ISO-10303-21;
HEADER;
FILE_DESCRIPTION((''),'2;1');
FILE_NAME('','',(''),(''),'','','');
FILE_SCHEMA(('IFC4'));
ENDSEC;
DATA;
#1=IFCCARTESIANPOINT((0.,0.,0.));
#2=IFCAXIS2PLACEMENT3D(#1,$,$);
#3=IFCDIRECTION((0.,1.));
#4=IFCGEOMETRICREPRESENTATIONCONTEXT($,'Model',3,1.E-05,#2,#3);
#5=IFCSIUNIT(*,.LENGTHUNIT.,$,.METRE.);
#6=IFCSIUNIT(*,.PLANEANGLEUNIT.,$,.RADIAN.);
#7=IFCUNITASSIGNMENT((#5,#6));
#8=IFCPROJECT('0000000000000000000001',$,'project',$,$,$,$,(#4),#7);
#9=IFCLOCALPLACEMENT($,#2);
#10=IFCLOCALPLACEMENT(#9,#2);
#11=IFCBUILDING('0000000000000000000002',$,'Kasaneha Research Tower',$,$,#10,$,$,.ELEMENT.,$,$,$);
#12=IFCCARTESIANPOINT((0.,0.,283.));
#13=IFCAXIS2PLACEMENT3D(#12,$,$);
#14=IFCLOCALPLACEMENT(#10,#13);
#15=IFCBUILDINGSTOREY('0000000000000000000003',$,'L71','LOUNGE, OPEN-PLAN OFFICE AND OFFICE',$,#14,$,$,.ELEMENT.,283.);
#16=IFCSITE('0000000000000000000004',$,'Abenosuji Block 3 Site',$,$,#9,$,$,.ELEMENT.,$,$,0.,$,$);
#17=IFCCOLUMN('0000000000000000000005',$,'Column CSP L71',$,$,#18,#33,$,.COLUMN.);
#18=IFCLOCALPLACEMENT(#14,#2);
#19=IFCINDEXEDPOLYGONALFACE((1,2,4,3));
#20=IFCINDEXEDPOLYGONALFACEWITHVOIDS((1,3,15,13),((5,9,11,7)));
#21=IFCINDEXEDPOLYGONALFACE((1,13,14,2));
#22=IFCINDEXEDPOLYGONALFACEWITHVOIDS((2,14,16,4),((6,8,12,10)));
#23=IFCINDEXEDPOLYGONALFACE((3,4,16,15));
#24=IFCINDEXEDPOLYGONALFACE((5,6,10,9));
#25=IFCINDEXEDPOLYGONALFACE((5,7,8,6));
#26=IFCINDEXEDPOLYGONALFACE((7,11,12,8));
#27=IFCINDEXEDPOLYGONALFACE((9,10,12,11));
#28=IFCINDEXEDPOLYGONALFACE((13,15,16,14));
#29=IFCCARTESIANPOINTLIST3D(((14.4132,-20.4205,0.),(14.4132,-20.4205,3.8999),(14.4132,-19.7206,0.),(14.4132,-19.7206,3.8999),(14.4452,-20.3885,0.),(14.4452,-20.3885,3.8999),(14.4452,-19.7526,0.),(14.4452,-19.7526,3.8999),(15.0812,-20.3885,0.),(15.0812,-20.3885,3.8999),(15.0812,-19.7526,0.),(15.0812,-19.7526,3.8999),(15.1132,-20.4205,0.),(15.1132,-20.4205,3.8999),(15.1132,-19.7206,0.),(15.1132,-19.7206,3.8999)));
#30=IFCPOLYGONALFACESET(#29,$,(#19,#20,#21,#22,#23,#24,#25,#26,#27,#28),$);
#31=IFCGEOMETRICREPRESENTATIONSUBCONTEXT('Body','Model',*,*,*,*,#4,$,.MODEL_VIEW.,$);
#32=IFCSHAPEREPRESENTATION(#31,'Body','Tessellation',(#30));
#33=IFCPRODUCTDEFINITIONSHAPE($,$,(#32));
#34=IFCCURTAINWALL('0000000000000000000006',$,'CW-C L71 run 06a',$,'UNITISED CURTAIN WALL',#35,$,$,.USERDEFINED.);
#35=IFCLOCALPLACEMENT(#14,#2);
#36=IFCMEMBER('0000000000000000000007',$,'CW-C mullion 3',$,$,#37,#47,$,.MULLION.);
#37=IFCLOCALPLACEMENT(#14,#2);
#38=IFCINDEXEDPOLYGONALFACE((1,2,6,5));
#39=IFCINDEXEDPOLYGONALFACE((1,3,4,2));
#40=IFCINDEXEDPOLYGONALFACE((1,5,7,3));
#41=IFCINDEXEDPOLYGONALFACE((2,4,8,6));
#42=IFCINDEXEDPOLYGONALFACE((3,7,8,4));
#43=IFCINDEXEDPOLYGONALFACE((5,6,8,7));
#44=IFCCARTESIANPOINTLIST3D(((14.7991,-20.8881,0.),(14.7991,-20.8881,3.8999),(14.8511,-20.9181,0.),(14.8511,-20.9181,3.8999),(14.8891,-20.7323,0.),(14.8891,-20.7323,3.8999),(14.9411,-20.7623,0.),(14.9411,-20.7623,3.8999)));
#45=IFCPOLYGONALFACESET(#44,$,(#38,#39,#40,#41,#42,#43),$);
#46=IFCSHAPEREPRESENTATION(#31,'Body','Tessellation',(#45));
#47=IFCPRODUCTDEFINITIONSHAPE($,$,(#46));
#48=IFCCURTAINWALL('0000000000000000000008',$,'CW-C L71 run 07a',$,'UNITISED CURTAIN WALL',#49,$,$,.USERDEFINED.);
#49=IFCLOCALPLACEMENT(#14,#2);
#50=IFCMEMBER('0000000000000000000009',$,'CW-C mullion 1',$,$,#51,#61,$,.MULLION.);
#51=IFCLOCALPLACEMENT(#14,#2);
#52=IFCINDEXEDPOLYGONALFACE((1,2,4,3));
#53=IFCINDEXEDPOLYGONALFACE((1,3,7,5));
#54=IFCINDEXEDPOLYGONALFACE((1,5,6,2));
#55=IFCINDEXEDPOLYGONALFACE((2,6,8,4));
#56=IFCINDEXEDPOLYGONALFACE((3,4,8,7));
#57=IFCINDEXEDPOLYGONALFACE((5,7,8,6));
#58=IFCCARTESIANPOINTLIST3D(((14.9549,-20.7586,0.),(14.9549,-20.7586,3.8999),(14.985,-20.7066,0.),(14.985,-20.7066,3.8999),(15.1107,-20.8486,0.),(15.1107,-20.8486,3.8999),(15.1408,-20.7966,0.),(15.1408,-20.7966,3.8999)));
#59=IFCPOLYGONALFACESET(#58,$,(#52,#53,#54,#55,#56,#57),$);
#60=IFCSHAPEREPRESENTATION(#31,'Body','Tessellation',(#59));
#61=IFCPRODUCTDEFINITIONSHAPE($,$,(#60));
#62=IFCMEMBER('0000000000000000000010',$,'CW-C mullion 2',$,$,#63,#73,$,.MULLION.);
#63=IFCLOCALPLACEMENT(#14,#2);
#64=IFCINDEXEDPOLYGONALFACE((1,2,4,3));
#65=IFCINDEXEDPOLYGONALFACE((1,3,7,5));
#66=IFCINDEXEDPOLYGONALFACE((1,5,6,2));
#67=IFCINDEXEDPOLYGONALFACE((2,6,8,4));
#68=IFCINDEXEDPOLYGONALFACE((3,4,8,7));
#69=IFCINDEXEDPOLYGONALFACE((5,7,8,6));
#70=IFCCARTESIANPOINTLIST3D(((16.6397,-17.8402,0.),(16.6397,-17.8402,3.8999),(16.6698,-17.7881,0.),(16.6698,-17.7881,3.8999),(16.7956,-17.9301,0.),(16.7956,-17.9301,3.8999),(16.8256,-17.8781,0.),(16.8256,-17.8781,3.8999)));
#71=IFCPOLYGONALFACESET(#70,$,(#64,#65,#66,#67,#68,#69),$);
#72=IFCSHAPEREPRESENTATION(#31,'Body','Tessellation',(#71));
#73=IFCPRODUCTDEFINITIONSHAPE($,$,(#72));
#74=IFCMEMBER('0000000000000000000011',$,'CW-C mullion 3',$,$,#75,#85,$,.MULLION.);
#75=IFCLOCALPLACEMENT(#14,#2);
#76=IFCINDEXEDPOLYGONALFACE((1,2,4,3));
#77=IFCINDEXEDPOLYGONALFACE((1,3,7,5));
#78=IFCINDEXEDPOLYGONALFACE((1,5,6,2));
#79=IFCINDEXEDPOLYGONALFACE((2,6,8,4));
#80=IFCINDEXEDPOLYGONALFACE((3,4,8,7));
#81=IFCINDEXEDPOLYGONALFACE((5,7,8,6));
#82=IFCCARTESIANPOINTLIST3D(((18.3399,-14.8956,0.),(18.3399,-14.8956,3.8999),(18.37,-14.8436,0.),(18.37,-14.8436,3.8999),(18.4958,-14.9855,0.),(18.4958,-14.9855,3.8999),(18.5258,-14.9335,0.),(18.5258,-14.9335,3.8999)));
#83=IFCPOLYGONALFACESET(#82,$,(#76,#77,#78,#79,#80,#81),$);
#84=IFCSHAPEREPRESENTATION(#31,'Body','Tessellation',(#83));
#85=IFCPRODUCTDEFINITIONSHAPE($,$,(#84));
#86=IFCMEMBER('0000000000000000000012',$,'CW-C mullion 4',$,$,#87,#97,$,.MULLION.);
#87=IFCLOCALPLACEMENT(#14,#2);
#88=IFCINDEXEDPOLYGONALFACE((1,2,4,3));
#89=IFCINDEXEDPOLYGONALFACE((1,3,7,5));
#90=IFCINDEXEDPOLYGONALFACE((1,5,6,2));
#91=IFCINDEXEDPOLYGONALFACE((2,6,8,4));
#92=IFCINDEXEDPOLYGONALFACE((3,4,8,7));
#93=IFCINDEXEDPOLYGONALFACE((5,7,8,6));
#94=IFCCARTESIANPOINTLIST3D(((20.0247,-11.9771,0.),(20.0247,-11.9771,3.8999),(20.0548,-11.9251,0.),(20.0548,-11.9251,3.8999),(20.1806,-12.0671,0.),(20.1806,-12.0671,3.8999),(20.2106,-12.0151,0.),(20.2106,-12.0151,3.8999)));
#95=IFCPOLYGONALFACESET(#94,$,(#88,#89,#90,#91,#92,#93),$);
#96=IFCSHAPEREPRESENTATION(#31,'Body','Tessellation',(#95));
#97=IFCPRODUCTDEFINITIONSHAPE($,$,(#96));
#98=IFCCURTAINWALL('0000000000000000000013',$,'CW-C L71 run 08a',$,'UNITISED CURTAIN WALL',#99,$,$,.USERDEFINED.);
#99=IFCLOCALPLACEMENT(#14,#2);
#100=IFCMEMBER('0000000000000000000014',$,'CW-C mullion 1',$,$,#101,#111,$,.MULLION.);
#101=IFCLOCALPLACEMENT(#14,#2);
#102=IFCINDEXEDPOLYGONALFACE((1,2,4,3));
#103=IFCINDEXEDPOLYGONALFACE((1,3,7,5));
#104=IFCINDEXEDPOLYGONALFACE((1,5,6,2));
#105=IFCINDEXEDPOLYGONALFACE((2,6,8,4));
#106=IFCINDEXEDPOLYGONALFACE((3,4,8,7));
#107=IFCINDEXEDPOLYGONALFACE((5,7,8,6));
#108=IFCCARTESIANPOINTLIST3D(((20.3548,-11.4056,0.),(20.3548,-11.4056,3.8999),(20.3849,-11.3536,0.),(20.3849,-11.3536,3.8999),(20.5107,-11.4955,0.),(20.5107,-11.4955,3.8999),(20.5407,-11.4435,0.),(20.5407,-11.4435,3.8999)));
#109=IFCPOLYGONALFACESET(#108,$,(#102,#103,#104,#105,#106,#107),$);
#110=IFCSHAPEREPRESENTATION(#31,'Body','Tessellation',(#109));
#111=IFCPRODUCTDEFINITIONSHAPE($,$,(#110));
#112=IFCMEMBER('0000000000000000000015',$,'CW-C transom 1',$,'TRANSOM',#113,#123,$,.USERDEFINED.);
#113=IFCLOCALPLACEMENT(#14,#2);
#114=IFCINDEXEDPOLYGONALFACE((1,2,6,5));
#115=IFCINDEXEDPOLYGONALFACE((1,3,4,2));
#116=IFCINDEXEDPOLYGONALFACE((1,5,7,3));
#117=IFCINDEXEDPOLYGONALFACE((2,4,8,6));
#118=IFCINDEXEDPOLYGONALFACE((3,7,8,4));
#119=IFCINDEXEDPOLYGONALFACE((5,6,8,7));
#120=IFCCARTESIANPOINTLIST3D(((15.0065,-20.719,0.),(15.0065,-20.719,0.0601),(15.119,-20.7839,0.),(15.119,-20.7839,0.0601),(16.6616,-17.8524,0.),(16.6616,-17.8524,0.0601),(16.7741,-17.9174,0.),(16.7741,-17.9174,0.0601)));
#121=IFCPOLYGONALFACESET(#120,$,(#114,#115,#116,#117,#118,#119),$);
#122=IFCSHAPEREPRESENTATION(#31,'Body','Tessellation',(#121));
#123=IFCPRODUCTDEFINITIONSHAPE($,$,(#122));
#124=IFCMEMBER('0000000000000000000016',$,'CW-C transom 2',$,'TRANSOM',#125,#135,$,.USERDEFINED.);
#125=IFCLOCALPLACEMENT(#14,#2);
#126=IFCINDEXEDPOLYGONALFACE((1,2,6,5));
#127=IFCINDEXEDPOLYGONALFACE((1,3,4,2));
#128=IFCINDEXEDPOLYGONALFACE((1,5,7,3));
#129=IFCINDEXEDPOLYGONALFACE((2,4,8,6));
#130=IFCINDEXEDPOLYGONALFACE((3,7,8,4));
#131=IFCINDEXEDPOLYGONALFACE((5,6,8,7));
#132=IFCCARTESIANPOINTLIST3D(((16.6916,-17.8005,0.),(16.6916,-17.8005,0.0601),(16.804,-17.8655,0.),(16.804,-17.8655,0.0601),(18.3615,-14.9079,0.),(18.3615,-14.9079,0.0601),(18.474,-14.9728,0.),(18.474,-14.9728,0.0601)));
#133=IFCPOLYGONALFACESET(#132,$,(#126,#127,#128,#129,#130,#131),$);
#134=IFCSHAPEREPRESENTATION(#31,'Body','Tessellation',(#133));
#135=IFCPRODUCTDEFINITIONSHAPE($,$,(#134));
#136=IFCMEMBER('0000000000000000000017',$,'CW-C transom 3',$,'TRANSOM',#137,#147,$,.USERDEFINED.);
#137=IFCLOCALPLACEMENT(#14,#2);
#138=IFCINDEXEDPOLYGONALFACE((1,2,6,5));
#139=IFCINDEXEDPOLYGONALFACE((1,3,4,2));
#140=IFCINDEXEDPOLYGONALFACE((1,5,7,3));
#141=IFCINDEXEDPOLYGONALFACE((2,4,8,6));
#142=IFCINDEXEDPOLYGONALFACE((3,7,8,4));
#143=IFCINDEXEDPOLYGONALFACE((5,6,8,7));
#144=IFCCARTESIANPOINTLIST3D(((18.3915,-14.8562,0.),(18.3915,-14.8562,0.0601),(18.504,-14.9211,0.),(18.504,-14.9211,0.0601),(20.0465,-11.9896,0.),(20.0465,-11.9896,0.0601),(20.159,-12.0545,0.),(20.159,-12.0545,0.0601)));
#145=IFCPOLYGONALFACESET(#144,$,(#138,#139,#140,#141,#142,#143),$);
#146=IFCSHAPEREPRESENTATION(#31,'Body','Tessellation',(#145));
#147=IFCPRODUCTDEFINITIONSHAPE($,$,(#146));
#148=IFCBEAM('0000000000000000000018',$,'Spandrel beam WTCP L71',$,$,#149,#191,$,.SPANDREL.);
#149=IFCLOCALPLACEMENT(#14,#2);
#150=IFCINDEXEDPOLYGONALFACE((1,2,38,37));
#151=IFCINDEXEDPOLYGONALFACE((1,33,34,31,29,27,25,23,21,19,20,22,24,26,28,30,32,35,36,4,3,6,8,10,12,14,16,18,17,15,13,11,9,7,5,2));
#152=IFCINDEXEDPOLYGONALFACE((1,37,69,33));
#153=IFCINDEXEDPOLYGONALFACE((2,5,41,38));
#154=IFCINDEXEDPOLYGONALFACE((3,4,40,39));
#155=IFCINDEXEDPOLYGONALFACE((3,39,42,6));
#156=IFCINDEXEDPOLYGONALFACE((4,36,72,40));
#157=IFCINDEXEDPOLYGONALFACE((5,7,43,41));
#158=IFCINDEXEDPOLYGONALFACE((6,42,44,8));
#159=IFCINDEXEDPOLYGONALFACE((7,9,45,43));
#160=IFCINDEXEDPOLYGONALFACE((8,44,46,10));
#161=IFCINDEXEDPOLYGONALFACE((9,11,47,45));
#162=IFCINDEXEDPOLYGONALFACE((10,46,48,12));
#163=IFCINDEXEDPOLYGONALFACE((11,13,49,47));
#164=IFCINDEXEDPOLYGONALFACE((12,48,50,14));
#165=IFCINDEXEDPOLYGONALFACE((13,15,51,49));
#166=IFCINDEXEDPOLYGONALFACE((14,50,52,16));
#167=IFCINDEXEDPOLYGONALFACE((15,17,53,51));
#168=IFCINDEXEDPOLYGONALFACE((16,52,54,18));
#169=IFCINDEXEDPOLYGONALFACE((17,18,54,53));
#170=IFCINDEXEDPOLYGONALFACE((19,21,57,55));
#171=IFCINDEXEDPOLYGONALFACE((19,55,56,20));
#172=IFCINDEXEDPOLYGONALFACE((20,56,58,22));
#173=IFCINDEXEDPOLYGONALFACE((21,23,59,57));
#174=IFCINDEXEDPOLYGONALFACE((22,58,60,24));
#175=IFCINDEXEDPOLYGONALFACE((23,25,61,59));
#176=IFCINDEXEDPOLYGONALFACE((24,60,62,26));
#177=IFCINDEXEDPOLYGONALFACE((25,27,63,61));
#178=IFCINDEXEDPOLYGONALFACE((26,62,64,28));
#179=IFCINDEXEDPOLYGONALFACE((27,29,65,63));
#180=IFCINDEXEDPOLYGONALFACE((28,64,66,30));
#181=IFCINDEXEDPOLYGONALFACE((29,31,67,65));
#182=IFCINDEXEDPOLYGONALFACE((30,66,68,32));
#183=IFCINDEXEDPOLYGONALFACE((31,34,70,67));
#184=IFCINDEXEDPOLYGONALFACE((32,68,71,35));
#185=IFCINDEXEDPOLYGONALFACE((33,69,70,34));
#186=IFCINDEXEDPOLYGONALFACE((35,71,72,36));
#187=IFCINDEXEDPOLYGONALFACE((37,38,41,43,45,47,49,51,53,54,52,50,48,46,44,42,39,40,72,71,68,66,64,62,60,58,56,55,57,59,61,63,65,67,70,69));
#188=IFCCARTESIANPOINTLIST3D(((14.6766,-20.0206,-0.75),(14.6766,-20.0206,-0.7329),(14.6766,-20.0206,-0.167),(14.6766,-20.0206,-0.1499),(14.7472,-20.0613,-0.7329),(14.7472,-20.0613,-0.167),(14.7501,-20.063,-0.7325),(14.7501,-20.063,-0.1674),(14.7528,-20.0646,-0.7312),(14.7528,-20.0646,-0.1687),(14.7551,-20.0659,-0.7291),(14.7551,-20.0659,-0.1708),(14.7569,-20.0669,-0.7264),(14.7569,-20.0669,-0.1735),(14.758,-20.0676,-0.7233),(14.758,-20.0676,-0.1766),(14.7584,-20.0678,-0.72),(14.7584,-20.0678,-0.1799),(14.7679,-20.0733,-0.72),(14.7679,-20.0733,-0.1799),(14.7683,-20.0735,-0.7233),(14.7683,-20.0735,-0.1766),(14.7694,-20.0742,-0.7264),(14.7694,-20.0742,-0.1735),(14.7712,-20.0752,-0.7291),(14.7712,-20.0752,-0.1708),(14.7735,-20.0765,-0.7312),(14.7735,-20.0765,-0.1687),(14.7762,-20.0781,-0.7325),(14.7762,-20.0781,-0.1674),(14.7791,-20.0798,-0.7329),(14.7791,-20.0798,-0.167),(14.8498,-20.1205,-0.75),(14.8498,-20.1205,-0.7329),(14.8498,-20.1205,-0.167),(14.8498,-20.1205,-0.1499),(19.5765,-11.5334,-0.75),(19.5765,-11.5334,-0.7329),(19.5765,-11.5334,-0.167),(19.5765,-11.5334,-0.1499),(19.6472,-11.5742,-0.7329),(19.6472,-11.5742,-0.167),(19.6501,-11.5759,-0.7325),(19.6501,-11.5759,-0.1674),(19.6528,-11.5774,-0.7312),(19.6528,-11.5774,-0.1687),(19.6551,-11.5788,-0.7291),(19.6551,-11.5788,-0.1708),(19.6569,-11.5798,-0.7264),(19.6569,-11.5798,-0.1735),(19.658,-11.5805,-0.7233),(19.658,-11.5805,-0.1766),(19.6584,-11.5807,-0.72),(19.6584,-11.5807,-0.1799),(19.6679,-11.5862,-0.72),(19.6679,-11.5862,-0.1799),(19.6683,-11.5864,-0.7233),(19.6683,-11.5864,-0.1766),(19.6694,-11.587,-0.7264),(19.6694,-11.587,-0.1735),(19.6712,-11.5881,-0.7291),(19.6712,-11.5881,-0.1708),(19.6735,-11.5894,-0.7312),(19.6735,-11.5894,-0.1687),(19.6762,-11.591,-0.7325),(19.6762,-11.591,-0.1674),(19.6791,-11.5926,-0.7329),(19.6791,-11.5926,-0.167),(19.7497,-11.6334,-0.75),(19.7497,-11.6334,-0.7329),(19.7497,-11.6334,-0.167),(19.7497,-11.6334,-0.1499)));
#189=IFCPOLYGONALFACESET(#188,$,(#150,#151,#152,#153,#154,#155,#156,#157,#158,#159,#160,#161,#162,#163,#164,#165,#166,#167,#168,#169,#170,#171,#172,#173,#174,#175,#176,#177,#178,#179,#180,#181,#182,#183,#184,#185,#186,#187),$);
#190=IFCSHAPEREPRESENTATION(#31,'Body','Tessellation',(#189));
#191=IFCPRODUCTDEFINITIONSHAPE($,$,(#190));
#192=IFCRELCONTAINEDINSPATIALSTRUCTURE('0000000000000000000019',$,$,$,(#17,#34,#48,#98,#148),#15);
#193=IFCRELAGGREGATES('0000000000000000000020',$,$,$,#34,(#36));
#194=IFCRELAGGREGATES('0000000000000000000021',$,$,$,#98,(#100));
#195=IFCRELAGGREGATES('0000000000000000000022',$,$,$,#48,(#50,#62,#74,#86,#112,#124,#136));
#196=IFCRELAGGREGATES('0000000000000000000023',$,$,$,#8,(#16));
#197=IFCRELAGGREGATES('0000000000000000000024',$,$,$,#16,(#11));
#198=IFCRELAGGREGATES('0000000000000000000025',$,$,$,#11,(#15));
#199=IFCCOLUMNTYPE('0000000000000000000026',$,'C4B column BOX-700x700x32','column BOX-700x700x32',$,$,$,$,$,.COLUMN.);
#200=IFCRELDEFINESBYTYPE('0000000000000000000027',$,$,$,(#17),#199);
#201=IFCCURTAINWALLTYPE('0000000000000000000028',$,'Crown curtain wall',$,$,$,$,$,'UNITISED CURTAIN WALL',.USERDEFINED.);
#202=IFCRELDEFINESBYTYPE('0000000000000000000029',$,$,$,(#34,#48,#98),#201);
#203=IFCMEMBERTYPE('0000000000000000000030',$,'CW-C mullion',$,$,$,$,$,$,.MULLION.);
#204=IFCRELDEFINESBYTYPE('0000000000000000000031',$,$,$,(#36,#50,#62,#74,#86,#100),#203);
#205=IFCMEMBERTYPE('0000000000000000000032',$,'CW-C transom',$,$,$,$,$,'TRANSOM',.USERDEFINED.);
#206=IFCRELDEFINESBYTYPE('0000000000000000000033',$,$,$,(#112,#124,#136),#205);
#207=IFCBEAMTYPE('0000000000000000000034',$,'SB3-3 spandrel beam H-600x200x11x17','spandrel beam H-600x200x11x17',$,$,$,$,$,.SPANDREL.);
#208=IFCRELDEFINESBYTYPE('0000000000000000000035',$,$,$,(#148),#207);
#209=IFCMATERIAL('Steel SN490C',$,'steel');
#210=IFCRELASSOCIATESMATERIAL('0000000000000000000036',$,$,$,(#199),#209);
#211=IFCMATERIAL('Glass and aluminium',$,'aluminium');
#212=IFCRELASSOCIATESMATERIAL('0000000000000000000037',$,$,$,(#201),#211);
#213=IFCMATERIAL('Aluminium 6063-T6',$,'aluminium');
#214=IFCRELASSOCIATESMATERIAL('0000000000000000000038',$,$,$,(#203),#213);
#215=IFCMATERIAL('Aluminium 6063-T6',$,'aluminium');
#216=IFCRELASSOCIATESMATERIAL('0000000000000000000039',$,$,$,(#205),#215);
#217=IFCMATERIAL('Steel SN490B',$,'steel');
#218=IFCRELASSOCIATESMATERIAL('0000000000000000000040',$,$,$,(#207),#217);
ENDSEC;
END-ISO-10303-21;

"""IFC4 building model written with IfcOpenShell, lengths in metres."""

from ifc_helpers import new_model, si_unit, direction, frame, origin, origin_2d, place, context, subcontext, project, spatial, rectangle, hollow_rectangle, i_section, extrude, material, material_profile, profile_set, type_object, element, aggregate, save


model = new_model("IFC4")

# Units and contexts
model_context = context("Model", 3, precision=1e-05, world=origin(), true_north=direction((0.0, 1.0)))
body_context = subcontext(model_context, "Body", "Model", "MODEL_VIEW")
ifc_project = project(units=[si_unit("LENGTHUNIT", "METRE"), si_unit("PLANEANGLEUNIT", "RADIAN")], contexts=[model_context])

# Site, building, storey
site_placement = place(None, origin())
site = spatial("IfcSite", under=ifc_project, at=site_placement, Name="Abenosuji Block 3 Site", CompositionType="ELEMENT", RefElevation=0.0)
building_placement = place(site_placement, origin())
building = spatial("IfcBuilding", under=site, at=building_placement, Name="Kasaneha Research Tower", CompositionType="ELEMENT")
storey_placement = place(building_placement, frame((0.0, 0.0, 283.0)))
storey = spatial("IfcBuildingStorey", under=building, at=storey_placement, Name="L71", Description="LOUNGE, OPEN-PLAN OFFICE AND OFFICE", CompositionType="ELEMENT", Elevation=283.0)

# Column
ifc_material_1 = material(Name="Steel SN490C", Category="steel")
ifc_material_profile_1 = material_profile(ifc_material_1, hollow_rectangle(XDim=0.7, YDim=0.7, WallThickness=0.032, at=origin_2d()), Name="BOX-700x700x32")
ifc_profile_set_1 = profile_set([ifc_material_profile_1], Name="Steel SN490C")
column_type = type_object("IfcColumnType", Name="C4B column BOX-700x700x32", Description="column BOX-700x700x32", PredefinedType="COLUMN", material=ifc_profile_set_1)
column_placement = place(storey_placement, frame((14.7632, -20.0706, 0.0), z_axis=(0.0, 0.0, 1.0), x_axis=(1.0, 0.0, 0.0)))
element("IfcColumn", 1, at=column_placement, inside=storey, type_object=column_type, Name="Column CSP L71", PredefinedType="COLUMN", context=body_context, shape_type="SweptSolid", body=[
    extrude(hollow_rectangle(XDim=0.7, YDim=0.7, WallThickness=0.032, at=origin_2d()), origin(), (0.0, 0.0, 1.0), 3.8999),
])

# Curtain wall, member
ifc_material_2 = material(Name="Glass and aluminium", Category="aluminium")
curtain_wall_type = type_object("IfcCurtainWallType", Name="Crown curtain wall", ElementType="UNITISED CURTAIN WALL", PredefinedType="USERDEFINED", material=ifc_material_2)
curtain_wall_1_placement = place(storey_placement, origin())
curtain_wall_1 = element("IfcCurtainWall", 2, at=curtain_wall_1_placement, inside=storey, type_object=curtain_wall_type, Name="CW-C L71 run 06a", ObjectType="UNITISED CURTAIN WALL", PredefinedType="USERDEFINED")
ifc_material_3 = material(Name="Aluminium 6063-T6", Category="aluminium")
ifc_material_profile_2 = material_profile(ifc_material_3, rectangle(XDim=0.0601, YDim=0.1799, at=origin_2d()), Name="CW-C mullion 60x180")
ifc_profile_set_2 = profile_set([ifc_material_profile_2], Name="Aluminium 6063-T6")
member_type_1 = type_object("IfcMemberType", Name="CW-C mullion", PredefinedType="MULLION", material=ifc_profile_set_2)
member_1_placement = place(storey_placement, frame((14.8701, -20.8252, 0.0), z_axis=(0.0, 0.0, 1.0), x_axis=(0.866025, -0.5, 0.0)))
member_1 = element("IfcMember", 3, at=member_1_placement, type_object=member_type_1, Name="CW-C mullion 3", PredefinedType="MULLION", context=body_context, shape_type="SweptSolid", body=[
    extrude(rectangle(XDim=0.0601, YDim=0.1799, at=origin_2d()), origin(), (0.0, 0.0, 1.0), 3.8999),
])
aggregate(curtain_wall_1, [member_1])

# Curtain wall, members
curtain_wall_2_placement = place(storey_placement, origin())
curtain_wall_2 = element("IfcCurtainWall", 4, at=curtain_wall_2_placement, inside=storey, type_object=curtain_wall_type, Name="CW-C L71 run 07a", ObjectType="UNITISED CURTAIN WALL", PredefinedType="USERDEFINED")
member_2_placement = place(storey_placement, frame((15.0479, -20.7776, 0.0), z_axis=(0.0, 0.0, 1.0), x_axis=(0.5, 0.866025, 0.0)))
member_2 = element("IfcMember", 5, at=member_2_placement, type_object=member_type_1, Name="CW-C mullion 1", PredefinedType="MULLION", context=body_context, shape_type="SweptSolid", body=[
    extrude(rectangle(XDim=0.0601, YDim=0.1799, at=origin_2d()), origin(), (0.0, 0.0, 1.0), 3.8999),
])
member_3_placement = place(storey_placement, frame((16.7327, -17.8591, 0.0), z_axis=(0.0, 0.0, 1.0), x_axis=(0.5, 0.866025, 0.0)))
member_3 = element("IfcMember", 6, at=member_3_placement, type_object=member_type_1, Name="CW-C mullion 2", PredefinedType="MULLION", context=body_context, shape_type="SweptSolid", body=[
    extrude(rectangle(XDim=0.0601, YDim=0.1799, at=origin_2d()), origin(), (0.0, 0.0, 1.0), 3.8999),
])
member_4_placement = place(storey_placement, frame((18.4329, -14.9146, 0.0), z_axis=(0.0, 0.0, 1.0), x_axis=(0.5, 0.866025, 0.0)))
member_4 = element("IfcMember", 7, at=member_4_placement, type_object=member_type_1, Name="CW-C mullion 3", PredefinedType="MULLION", context=body_context, shape_type="SweptSolid", body=[
    extrude(rectangle(XDim=0.0601, YDim=0.1799, at=origin_2d()), origin(), (0.0, 0.0, 1.0), 3.8999),
])
member_5_placement = place(storey_placement, frame((20.1177, -11.9961, 0.0), z_axis=(0.0, 0.0, 1.0), x_axis=(0.5, 0.866025, 0.0)))
member_5 = element("IfcMember", 8, at=member_5_placement, type_object=member_type_1, Name="CW-C mullion 4", PredefinedType="MULLION", context=body_context, shape_type="SweptSolid", body=[
    extrude(rectangle(XDim=0.0601, YDim=0.1799, at=origin_2d()), origin(), (0.0, 0.0, 1.0), 3.8999),
])

# Curtain wall, member
curtain_wall_3_placement = place(storey_placement, origin())
curtain_wall_3 = element("IfcCurtainWall", 9, at=curtain_wall_3_placement, inside=storey, type_object=curtain_wall_type, Name="CW-C L71 run 08a", ObjectType="UNITISED CURTAIN WALL", PredefinedType="USERDEFINED")
member_6_placement = place(storey_placement, frame((20.4478, -11.4246, 0.0), z_axis=(0.0, 0.0, 1.0), x_axis=(0.5, 0.866025, 0.0)))
member_6 = element("IfcMember", 10, at=member_6_placement, type_object=member_type_1, Name="CW-C mullion 1", PredefinedType="MULLION", context=body_context, shape_type="SweptSolid", body=[
    extrude(rectangle(XDim=0.0601, YDim=0.1799, at=origin_2d()), origin(), (0.0, 0.0, 1.0), 3.8999),
])
aggregate(curtain_wall_3, [member_6])

# Members
ifc_material_4 = material(Name="Aluminium 6063-T6", Category="aluminium")
ifc_material_profile_3 = material_profile(ifc_material_4, rectangle(XDim=0.1299, YDim=0.0601, at=origin_2d()), Name="CW-C transom 130x60")
ifc_profile_set_3 = profile_set([ifc_material_profile_3], Name="Aluminium 6063-T6")
member_type_2 = type_object("IfcMemberType", Name="CW-C transom", ElementType="TRANSOM", PredefinedType="USERDEFINED", material=ifc_profile_set_3)
member_7_placement = place(storey_placement, frame((15.0627, -20.7515, 0.03), z_axis=(0.500018, 0.866015, 0.0), x_axis=(-0.866015, 0.500018, 0.0)))
member_7 = element("IfcMember", 11, at=member_7_placement, type_object=member_type_2, Name="CW-C transom 1", ObjectType="TRANSOM", PredefinedType="USERDEFINED", context=body_context, shape_type="SweptSolid", body=[
    extrude(rectangle(XDim=0.1299, YDim=0.0601, at=origin_2d()), origin(), (0.0, 0.0, 1.0), 3.3101),
])
member_8_placement = place(storey_placement, frame((16.7478, -17.833, 0.03), z_axis=(0.499976, 0.86604, 0.0), x_axis=(-0.86604, 0.499976, 0.0)))
member_8 = element("IfcMember", 12, at=member_8_placement, type_object=member_type_2, Name="CW-C transom 2", ObjectType="TRANSOM", PredefinedType="USERDEFINED", context=body_context, shape_type="SweptSolid", body=[
    extrude(rectangle(XDim=0.1299, YDim=0.0601, at=origin_2d()), origin(), (0.0, 0.0, 1.0), 3.3401),
])
member_9_placement = place(storey_placement, frame((18.4478, -14.8887, 0.03), z_axis=(0.499986, 0.866033, 0.0), x_axis=(-0.866033, 0.499986, 0.0)))
member_9 = element("IfcMember", 13, at=member_9_placement, type_object=member_type_2, Name="CW-C transom 3", ObjectType="TRANSOM", PredefinedType="USERDEFINED", context=body_context, shape_type="SweptSolid", body=[
    extrude(rectangle(XDim=0.1299, YDim=0.0601, at=origin_2d()), origin(), (0.0, 0.0, 1.0), 3.3101),
])

# Beam
ifc_material_5 = material(Name="Steel SN490B", Category="steel")
ifc_material_profile_4 = material_profile(ifc_material_5, i_section(OverallWidth=0.2, OverallDepth=0.6001, WebThickness=0.011, FlangeThickness=0.0171, FilletRadius=0.0129, at=origin_2d()), Name="H-600x200x11x17")
ifc_profile_set_4 = profile_set([ifc_material_profile_4], Name="Steel SN490B")
beam_type = type_object("IfcBeamType", Name="SB3-3 spandrel beam H-600x200x11x17", Description="spandrel beam H-600x200x11x17", PredefinedType="SPANDREL", material=ifc_profile_set_4)
beam_placement = place(storey_placement, frame((14.7632, -20.0706, -0.45), z_axis=(0.499992, 0.86603, 0.0), x_axis=(-0.86603, 0.499992, 0.0)))
element("IfcBeam", 14, at=beam_placement, inside=storey, type_object=beam_type, Name="Spandrel beam WTCP L71", PredefinedType="SPANDREL", context=body_context, shape_type="SweptSolid", body=[
    extrude(i_section(OverallWidth=0.2, OverallDepth=0.6001, WebThickness=0.011, FlangeThickness=0.0171, FilletRadius=0.0129, at=origin_2d()), origin(), (0.0, 0.0, 1.0), 9.8),
])

aggregate(curtain_wall_2, [member_2, member_3, member_4, member_5, member_7, member_8, member_9])

save(model, "model.ifc")
